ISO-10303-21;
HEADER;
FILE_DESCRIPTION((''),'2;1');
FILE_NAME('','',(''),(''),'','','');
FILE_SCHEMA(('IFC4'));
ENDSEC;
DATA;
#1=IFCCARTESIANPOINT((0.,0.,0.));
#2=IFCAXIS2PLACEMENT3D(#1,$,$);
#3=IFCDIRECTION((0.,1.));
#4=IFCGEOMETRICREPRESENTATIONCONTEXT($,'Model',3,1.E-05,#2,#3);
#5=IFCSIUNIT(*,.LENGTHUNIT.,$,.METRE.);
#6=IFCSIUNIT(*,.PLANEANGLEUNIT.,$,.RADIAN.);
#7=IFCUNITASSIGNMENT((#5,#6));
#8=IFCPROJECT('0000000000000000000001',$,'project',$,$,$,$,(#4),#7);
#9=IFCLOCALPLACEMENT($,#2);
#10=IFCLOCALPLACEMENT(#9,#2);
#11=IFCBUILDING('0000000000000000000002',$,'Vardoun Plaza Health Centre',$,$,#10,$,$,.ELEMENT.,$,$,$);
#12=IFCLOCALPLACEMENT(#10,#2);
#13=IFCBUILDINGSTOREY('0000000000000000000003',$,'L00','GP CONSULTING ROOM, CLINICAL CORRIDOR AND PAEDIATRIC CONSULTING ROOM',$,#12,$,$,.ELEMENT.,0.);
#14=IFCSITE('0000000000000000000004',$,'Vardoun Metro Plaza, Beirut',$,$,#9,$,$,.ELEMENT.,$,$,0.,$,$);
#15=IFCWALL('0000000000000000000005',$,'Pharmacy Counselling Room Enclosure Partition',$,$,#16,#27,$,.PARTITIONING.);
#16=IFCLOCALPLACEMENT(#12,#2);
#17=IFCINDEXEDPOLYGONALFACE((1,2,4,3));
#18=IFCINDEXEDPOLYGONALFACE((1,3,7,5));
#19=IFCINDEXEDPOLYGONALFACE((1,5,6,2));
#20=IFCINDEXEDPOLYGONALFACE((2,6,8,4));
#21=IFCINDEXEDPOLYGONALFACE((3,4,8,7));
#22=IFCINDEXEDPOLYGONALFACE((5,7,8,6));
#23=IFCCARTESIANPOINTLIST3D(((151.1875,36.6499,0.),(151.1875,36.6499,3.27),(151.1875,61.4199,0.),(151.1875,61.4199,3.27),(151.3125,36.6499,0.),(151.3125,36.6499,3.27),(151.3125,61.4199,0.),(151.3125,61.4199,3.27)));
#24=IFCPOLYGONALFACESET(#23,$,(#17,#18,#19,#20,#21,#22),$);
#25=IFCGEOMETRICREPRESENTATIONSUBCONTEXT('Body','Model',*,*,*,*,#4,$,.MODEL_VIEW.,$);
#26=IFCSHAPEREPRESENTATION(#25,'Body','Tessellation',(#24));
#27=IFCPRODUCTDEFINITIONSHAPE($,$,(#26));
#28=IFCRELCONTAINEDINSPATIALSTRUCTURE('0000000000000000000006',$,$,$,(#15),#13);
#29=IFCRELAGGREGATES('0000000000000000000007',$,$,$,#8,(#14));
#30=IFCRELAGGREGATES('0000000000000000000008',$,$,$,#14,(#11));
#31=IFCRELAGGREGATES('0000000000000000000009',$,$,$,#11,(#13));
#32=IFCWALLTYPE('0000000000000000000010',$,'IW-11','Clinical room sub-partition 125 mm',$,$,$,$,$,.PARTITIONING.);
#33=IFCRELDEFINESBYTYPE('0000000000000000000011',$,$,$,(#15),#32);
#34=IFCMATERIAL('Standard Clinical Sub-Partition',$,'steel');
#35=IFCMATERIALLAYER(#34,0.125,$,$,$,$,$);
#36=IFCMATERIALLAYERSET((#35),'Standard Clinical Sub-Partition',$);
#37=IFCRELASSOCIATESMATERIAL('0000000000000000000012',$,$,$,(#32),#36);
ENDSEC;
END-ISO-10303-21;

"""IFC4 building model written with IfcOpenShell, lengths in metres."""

from ifc_helpers import new_model, si_unit, direction, frame, frame_2d, origin, place, context, subcontext, project, spatial, rectangle, extrude, material, layer, layer_set, type_object, element, save


model = new_model("IFC4")

# Units and contexts
model_context = context("Model", 3, precision=1e-05, world=origin(), true_north=direction((0.0, 1.0)))
body_context = subcontext(model_context, "Body", "Model", "MODEL_VIEW")
ifc_project = project(units=[si_unit("LENGTHUNIT", "METRE"), si_unit("PLANEANGLEUNIT", "RADIAN")], contexts=[model_context])

# Site, building, storey
site_placement = place(None, origin())
site = spatial("IfcSite", under=ifc_project, at=site_placement, Name="Vardoun Metro Plaza, Beirut", CompositionType="ELEMENT", RefElevation=0.0)
building_placement = place(site_placement, origin())
building = spatial("IfcBuilding", under=site, at=building_placement, Name="Vardoun Plaza Health Centre", CompositionType="ELEMENT")
storey_placement = place(building_placement, origin())
storey = spatial("IfcBuildingStorey", under=building, at=storey_placement, Name="L00", Description="GP CONSULTING ROOM, CLINICAL CORRIDOR AND PAEDIATRIC CONSULTING ROOM", CompositionType="ELEMENT", Elevation=0.0)

# Wall
ifc_material_1 = material(Name="Standard Clinical Sub-Partition", Category="steel")
ifc_layer_1 = layer(ifc_material_1, 0.125)
ifc_layer_set_1 = layer_set([ifc_layer_1], Name="Standard Clinical Sub-Partition")
wall_type = type_object("IfcWallType", Name="IW-11", Description="Clinical room sub-partition 125 mm", PredefinedType="PARTITIONING", material=ifc_layer_set_1)
wall_placement = place(storey_placement, frame((151.25, 36.6499, 0.0), z_axis=(0.0, 0.0, 1.0), x_axis=(0.0, 1.0, 0.0)))
element("IfcWall", 1, at=wall_placement, inside=storey, type_object=wall_type, Name="Pharmacy Counselling Room Enclosure Partition", PredefinedType="PARTITIONING", context=body_context, shape_type="SweptSolid", body=[
    extrude(rectangle(XDim=24.77, YDim=0.125, at=frame_2d((12.385, 0.0))), origin(), (0.0, 0.0, 1.0), 3.27),
])

save(model, "model.ifc")
